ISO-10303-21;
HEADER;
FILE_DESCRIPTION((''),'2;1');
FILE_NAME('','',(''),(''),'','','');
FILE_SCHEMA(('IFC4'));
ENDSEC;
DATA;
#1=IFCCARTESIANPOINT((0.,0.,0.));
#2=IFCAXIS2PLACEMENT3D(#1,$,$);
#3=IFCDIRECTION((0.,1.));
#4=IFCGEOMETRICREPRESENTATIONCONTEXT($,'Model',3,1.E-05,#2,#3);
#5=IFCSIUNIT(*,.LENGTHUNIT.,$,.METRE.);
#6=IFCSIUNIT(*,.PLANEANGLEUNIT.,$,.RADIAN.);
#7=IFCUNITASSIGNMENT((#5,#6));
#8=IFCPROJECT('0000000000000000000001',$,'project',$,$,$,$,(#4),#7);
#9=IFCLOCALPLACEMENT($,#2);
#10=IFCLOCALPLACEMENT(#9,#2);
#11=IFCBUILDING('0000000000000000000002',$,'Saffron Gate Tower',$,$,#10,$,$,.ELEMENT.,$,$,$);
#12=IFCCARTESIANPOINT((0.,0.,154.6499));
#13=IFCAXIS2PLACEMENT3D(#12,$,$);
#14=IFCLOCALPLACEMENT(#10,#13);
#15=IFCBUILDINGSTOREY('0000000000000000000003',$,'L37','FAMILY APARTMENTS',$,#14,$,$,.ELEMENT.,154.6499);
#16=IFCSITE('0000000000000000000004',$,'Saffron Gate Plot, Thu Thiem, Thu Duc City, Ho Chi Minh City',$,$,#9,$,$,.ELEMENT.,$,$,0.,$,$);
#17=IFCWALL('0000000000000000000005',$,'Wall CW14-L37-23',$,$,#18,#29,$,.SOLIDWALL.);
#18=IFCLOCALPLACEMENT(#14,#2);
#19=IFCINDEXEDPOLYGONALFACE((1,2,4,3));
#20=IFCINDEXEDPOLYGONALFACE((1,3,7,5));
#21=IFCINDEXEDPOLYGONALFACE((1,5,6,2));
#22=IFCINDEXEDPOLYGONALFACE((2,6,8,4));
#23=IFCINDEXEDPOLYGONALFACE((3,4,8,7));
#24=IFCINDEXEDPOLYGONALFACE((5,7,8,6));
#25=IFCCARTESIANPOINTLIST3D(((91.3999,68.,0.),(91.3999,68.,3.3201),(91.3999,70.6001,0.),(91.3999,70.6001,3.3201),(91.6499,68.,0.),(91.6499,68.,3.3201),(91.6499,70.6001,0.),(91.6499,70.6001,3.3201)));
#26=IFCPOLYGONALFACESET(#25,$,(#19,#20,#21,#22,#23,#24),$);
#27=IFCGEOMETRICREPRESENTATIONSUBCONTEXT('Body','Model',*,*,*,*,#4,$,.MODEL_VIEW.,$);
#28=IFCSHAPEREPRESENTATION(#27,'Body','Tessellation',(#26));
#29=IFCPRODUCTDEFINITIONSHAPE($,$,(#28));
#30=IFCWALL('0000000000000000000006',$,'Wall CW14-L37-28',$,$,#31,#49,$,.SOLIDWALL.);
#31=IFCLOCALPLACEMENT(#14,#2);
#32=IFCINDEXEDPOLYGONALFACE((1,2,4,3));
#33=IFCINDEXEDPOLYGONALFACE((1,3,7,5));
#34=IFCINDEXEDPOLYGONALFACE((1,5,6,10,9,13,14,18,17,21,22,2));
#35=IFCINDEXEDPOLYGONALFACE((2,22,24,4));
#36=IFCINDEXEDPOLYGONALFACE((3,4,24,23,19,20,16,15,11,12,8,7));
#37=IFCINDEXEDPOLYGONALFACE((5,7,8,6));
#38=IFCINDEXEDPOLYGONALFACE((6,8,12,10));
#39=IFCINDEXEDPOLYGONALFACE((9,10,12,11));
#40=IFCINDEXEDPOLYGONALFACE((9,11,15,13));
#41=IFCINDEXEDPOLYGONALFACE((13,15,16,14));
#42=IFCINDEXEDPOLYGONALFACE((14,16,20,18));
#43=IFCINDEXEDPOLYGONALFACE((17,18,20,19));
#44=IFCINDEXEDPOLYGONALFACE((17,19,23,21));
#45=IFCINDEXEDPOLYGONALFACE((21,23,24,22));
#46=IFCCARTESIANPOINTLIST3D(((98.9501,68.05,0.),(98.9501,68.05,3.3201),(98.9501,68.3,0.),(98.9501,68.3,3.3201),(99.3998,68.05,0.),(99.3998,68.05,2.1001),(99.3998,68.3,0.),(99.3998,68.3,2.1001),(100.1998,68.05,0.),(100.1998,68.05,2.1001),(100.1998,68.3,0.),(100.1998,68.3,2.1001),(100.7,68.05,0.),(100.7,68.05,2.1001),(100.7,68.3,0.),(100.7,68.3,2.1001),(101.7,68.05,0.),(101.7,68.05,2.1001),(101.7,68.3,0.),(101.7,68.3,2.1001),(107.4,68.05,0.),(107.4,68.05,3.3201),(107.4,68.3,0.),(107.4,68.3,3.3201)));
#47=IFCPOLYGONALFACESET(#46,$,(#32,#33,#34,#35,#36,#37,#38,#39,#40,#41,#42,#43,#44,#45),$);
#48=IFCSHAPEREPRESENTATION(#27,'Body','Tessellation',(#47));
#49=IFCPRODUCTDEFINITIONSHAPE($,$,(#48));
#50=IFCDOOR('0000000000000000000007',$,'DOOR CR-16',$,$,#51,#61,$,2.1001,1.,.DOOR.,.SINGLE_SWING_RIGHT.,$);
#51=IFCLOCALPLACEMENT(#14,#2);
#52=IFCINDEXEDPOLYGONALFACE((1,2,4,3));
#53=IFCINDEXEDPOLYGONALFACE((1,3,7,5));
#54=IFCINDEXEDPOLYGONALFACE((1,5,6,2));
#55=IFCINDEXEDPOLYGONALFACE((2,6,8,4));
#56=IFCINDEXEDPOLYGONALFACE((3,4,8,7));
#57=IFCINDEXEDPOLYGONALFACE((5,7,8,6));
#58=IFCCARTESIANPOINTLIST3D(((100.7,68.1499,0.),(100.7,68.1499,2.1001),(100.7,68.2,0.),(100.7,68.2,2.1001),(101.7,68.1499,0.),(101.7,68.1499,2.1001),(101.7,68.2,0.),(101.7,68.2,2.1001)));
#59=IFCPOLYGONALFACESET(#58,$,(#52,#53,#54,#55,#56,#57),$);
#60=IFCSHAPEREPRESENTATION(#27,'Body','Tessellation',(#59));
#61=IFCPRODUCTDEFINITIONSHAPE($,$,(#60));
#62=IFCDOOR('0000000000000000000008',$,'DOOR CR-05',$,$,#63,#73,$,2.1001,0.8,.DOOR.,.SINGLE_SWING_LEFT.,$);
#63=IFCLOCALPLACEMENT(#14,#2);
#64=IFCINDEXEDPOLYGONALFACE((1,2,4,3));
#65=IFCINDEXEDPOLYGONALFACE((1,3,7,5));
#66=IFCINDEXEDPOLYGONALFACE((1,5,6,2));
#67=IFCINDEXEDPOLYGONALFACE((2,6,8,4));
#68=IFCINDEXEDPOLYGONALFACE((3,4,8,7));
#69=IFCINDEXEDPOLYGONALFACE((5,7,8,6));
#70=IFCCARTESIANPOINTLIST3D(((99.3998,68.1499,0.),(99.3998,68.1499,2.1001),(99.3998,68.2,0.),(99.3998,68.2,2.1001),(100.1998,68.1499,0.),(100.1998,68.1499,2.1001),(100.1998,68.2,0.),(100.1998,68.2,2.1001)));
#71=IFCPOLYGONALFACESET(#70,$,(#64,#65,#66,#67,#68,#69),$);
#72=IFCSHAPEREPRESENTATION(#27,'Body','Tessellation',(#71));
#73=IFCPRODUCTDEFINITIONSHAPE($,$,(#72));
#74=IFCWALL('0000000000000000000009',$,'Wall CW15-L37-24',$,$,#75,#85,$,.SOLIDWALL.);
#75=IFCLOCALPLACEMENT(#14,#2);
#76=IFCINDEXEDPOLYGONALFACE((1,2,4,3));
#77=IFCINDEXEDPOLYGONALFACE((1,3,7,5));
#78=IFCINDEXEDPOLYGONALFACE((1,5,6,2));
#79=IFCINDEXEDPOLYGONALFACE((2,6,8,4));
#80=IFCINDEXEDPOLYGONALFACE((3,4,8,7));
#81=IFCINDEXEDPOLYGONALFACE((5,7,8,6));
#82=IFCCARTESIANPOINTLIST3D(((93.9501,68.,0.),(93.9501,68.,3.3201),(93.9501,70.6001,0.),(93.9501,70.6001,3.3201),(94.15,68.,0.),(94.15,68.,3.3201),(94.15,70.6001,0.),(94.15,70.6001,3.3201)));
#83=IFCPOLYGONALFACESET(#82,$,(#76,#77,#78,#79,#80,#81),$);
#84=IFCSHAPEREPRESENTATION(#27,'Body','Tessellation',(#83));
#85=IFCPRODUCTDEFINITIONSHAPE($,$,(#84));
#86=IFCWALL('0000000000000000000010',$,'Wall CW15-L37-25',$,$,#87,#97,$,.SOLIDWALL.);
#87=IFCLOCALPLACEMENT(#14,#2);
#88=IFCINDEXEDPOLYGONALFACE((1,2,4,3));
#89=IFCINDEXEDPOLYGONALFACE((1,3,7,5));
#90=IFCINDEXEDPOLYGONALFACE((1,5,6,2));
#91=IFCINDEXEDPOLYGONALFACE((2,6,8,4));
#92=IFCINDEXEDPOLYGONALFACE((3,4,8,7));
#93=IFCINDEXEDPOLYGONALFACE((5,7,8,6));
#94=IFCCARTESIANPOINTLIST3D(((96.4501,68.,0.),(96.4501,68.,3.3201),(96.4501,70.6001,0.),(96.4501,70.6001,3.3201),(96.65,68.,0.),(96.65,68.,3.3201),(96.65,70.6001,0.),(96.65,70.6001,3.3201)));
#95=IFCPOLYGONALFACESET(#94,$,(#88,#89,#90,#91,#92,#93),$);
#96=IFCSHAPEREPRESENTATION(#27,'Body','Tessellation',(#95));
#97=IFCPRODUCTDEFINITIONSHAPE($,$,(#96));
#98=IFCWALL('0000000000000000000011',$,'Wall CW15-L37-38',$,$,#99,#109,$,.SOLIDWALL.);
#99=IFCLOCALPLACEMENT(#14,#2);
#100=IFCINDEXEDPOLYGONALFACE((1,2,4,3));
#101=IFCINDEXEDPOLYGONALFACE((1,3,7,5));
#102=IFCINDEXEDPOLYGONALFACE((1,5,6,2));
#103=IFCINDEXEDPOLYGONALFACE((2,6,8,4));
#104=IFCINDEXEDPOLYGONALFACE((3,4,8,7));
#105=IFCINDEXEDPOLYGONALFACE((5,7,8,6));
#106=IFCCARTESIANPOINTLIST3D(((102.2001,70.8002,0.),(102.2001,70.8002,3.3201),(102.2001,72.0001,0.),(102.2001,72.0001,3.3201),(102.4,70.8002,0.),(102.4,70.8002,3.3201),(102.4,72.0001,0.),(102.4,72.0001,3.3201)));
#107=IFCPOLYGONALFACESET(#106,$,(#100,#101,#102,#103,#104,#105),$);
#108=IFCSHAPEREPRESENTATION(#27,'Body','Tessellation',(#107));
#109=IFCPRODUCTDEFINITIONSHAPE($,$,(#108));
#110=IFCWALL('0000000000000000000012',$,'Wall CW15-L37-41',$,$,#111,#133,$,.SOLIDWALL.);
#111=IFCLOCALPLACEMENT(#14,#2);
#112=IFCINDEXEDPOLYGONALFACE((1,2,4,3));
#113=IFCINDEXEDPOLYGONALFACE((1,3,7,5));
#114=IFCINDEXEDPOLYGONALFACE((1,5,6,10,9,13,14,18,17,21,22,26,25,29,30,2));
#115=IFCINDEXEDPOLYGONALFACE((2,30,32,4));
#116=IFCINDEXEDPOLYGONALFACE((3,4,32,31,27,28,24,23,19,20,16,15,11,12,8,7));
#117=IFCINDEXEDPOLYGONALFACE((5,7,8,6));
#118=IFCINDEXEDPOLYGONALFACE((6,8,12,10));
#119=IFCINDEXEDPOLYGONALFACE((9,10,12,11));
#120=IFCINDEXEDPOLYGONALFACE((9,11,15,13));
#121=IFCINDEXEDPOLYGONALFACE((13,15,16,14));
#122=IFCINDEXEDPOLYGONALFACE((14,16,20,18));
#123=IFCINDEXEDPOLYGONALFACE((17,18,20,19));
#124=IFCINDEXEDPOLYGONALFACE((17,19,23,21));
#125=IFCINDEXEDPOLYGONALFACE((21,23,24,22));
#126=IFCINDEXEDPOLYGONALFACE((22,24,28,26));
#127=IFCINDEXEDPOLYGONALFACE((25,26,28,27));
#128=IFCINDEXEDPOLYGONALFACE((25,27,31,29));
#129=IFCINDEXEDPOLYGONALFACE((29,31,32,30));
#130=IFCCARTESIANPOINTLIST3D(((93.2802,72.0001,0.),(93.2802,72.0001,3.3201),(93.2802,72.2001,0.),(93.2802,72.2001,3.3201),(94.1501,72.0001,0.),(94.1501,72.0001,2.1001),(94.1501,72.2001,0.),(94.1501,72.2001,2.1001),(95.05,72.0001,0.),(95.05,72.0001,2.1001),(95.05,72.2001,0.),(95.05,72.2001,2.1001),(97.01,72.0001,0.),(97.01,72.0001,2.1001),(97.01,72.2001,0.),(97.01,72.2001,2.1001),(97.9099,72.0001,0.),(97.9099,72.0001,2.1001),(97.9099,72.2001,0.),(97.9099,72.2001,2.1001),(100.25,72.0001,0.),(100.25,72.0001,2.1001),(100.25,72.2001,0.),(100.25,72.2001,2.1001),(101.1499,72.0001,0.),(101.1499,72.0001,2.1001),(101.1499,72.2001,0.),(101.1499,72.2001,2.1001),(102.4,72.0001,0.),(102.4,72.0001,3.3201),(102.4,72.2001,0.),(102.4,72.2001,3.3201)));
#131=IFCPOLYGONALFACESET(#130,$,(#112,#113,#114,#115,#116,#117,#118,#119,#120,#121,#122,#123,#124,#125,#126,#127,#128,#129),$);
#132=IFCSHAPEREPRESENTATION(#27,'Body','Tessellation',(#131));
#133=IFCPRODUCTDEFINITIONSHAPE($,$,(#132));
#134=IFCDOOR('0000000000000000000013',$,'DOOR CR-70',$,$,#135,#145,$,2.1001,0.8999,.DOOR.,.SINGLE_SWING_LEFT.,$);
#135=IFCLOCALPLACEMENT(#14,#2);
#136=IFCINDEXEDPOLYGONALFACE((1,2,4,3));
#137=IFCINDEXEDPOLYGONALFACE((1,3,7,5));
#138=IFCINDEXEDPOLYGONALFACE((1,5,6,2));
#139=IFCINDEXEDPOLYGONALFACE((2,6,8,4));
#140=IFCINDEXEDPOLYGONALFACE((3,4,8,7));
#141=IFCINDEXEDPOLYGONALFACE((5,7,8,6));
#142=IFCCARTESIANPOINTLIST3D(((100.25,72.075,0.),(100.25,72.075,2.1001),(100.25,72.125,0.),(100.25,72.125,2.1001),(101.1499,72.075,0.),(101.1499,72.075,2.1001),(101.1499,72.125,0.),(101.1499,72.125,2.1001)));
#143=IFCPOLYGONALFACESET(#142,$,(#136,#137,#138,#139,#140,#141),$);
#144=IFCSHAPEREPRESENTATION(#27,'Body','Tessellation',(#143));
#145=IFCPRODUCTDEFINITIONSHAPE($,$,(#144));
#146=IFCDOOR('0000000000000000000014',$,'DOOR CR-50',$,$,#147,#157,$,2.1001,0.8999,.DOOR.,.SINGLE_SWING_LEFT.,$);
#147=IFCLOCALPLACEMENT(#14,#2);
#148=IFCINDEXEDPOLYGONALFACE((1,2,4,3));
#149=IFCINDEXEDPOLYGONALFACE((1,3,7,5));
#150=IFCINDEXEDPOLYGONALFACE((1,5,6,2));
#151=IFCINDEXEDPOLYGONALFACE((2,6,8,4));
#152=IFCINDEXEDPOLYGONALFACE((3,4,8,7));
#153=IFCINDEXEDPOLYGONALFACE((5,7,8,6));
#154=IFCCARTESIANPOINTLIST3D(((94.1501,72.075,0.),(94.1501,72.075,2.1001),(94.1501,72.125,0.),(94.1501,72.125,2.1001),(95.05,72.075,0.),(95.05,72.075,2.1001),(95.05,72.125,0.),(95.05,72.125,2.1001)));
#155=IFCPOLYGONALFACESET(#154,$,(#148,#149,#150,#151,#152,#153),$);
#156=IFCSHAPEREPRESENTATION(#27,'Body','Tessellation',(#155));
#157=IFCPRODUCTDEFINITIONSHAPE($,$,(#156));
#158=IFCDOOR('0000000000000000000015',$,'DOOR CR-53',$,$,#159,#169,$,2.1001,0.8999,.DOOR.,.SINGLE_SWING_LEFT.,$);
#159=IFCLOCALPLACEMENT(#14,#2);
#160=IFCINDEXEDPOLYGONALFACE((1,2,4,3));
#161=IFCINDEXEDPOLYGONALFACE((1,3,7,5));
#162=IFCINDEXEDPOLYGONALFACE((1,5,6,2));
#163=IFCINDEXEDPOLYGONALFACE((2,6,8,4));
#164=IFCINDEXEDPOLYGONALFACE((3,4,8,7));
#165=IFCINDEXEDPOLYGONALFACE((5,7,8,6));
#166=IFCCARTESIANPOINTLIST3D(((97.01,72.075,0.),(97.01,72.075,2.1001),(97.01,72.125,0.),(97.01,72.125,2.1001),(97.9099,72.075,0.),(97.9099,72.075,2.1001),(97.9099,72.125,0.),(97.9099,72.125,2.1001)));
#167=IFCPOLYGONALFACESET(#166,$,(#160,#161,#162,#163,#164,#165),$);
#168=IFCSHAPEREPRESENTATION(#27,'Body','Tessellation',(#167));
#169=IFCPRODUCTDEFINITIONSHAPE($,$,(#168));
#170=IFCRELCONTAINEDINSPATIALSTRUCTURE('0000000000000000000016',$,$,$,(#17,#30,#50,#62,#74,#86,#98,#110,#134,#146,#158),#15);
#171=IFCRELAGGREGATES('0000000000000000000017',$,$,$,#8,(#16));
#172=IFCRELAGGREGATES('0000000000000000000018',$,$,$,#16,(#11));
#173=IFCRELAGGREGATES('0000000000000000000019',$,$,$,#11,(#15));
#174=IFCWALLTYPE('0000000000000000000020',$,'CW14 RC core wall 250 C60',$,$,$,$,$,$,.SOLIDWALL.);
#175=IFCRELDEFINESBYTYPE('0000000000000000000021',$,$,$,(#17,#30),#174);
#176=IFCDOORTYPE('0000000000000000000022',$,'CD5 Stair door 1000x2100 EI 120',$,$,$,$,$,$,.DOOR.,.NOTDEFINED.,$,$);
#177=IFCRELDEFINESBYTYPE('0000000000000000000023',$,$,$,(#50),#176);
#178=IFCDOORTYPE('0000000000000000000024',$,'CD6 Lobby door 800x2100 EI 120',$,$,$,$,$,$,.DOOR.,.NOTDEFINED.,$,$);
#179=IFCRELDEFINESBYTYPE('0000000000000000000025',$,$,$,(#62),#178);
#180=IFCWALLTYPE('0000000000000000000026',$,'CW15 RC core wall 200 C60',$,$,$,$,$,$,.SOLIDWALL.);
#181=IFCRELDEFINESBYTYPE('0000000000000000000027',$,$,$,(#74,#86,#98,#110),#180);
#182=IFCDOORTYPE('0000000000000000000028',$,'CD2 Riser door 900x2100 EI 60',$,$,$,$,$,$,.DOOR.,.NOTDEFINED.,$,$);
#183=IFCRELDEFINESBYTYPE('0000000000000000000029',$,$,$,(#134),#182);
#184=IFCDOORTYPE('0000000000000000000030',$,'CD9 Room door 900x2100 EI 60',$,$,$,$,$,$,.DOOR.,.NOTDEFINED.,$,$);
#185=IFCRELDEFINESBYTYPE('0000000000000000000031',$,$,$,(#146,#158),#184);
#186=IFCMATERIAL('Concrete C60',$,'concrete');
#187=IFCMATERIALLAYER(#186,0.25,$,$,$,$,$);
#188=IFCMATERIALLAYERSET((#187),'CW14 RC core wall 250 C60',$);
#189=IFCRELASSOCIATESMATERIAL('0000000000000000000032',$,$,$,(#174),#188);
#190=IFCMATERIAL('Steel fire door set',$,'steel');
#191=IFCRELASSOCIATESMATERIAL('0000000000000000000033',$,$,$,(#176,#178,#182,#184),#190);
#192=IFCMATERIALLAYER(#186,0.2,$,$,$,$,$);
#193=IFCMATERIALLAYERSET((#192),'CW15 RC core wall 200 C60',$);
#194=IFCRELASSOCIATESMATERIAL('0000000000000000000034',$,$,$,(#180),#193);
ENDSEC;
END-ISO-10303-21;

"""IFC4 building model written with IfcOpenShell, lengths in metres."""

from ifc_helpers import new_model, si_unit, direction, frame, frame_2d, origin, place, context, subcontext, project, spatial, rectangle, extrude, material, layer, layer_set, type_object, element, fill, save


model = new_model("IFC4")

# Units and contexts
model_context = context("Model", 3, precision=1e-05, world=origin(), true_north=direction((0.0, 1.0)))
body_context = subcontext(model_context, "Body", "Model", "MODEL_VIEW")
ifc_project = project(units=[si_unit("LENGTHUNIT", "METRE"), si_unit("PLANEANGLEUNIT", "RADIAN")], contexts=[model_context])

# Site, building, storey
site_placement = place(None, origin())
site = spatial("IfcSite", under=ifc_project, at=site_placement, Name="Saffron Gate Plot, Thu Thiem, Thu Duc City, Ho Chi Minh City", CompositionType="ELEMENT", RefElevation=0.0)
building_placement = place(site_placement, origin())
building = spatial("IfcBuilding", under=site, at=building_placement, Name="Saffron Gate Tower", CompositionType="ELEMENT")
storey_placement = place(building_placement, frame((0.0, 0.0, 154.6499)))
storey = spatial("IfcBuildingStorey", under=building, at=storey_placement, Name="L37", Description="FAMILY APARTMENTS", CompositionType="ELEMENT", Elevation=154.6499)

# Wall
ifc_material_1 = material(Name="Concrete C60", Category="concrete")
ifc_layer_1 = layer(ifc_material_1, 0.25)
ifc_layer_set_1 = layer_set([ifc_layer_1], Name="CW14 RC core wall 250 C60")
wall_type_1 = type_object("IfcWallType", Name="CW14 RC core wall 250 C60", PredefinedType="SOLIDWALL", material=ifc_layer_set_1)
wall_1_placement = place(storey_placement, frame((91.5249, 68.0, 0.0), z_axis=(0.0, 0.0, 1.0), x_axis=(0.0, 1.0, 0.0)))
element("IfcWall", 1, at=wall_1_placement, inside=storey, type_object=wall_type_1, Name="Wall CW14-L37-23", PredefinedType="SOLIDWALL", context=body_context, shape_type="SweptSolid", body=[
    extrude(rectangle(XDim=2.6001, YDim=0.25, at=frame_2d((1.3, 0.0))), origin(), (0.0, 0.0, 1.0), 3.3201),
])

# Wall, openings, doors
wall_2_placement = place(storey_placement, frame((98.95, 68.175, 0.0), z_axis=(0.0, 0.0, 1.0), x_axis=(1.0, 0.0, 0.0)))
wall_2 = element("IfcWall", 2, at=wall_2_placement, inside=storey, type_object=wall_type_1, Name="Wall CW14-L37-28", PredefinedType="SOLIDWALL", context=body_context, shape_type="SweptSolid", body=[
    extrude(rectangle(XDim=8.45, YDim=0.25, at=frame_2d((4.2251, 0.0))), origin(), (0.0, 0.0, 1.0), 3.3201),
])
opening_1_placement = place(wall_2_placement, frame((0.45, 0.0, 0.0)))
opening_1 = element("IfcOpeningElement", 3, at=opening_1_placement, cuts=wall_2, PredefinedType="OPENING", context=body_context, shape_type="SweptSolid", body=[
    extrude(rectangle(XDim=0.8, YDim=2.1001, at=frame_2d((0.3999, 1.05))), frame((0.0, 0.135, 0.0), z_axis=(0.0, -1.0, 0.0), x_axis=(1.0, 0.0, 0.0)), (0.0, 0.0, 1.0), 0.27),
])
opening_2_placement = place(wall_2_placement, frame((1.75, 0.0, 0.0)))
opening_2 = element("IfcOpeningElement", 4, at=opening_2_placement, cuts=wall_2, PredefinedType="OPENING", context=body_context, shape_type="SweptSolid", body=[
    extrude(rectangle(XDim=1.0, YDim=2.1001, at=frame_2d((0.5, 1.05))), frame((0.0, 0.135, 0.0), z_axis=(0.0, -1.0, 0.0), x_axis=(1.0, 0.0, 0.0)), (0.0, 0.0, 1.0), 0.27),
])
ifc_material_2 = material(Name="Steel fire door set", Category="steel")
door_type_1 = type_object("IfcDoorType", Name="CD5 Stair door 1000x2100 EI 120", OperationType="NOTDEFINED", PredefinedType="DOOR", material=ifc_material_2)
door_1_placement = place(opening_2_placement, origin())
door_1 = element("IfcDoor", 5, at=door_1_placement, inside=storey, type_object=door_type_1, Name="DOOR CR-16", OperationType="SINGLE_SWING_RIGHT", OverallHeight=2.1001, OverallWidth=1.0, PredefinedType="DOOR", context=body_context, shape_type="SweptSolid", body=[
    extrude(rectangle(XDim=1.0, YDim=2.1001, at=frame_2d((0.5, 1.05))), frame((0.0, 0.0249, 0.0), z_axis=(0.0, -1.0, 0.0), x_axis=(1.0, 0.0, 0.0)), (0.0, 0.0, 1.0), 0.05),
])
fill(opening_2, door_1)
door_type_2 = type_object("IfcDoorType", Name="CD6 Lobby door 800x2100 EI 120", OperationType="NOTDEFINED", PredefinedType="DOOR", material=ifc_material_2)
door_2_placement = place(opening_1_placement, origin())
door_2 = element("IfcDoor", 6, at=door_2_placement, inside=storey, type_object=door_type_2, Name="DOOR CR-05", OperationType="SINGLE_SWING_LEFT", OverallHeight=2.1001, OverallWidth=0.8, PredefinedType="DOOR", context=body_context, shape_type="SweptSolid", body=[
    extrude(rectangle(XDim=0.8, YDim=2.1001, at=frame_2d((0.3999, 1.05))), frame((0.0, 0.0249, 0.0), z_axis=(0.0, -1.0, 0.0), x_axis=(1.0, 0.0, 0.0)), (0.0, 0.0, 1.0), 0.05),
])
fill(opening_1, door_2)

# Walls
ifc_layer_2 = layer(ifc_material_1, 0.2)
ifc_layer_set_2 = layer_set([ifc_layer_2], Name="CW15 RC core wall 200 C60")
wall_type_2 = type_object("IfcWallType", Name="CW15 RC core wall 200 C60", PredefinedType="SOLIDWALL", material=ifc_layer_set_2)
for number, where, z_axis, x_axis, name in (
    (7, (94.05, 68.0, 0.0), (0.0, 0.0, 1.0), (0.0, 1.0, 0.0), "Wall CW15-L37-24"),
    (8, (96.55, 68.0, 0.0), (0.0, 0.0, 1.0), (0.0, 1.0, 0.0), "Wall CW15-L37-25"),
):
    element("IfcWall", number, at=place(storey_placement, frame(where, z_axis=z_axis, x_axis=x_axis)), inside=storey, type_object=wall_type_2, Name=name, PredefinedType="SOLIDWALL", context=body_context, shape_type="SweptSolid", body=[
        extrude(rectangle(XDim=2.6001, YDim=0.2, at=frame_2d((1.3, 0.0))), origin(), (0.0, 0.0, 1.0), 3.3201),
    ])
wall_3_placement = place(storey_placement, frame((102.3, 70.8, 0.0), z_axis=(0.0, 0.0, 1.0), x_axis=(0.0, 1.0, 0.0)))
element("IfcWall", 9, at=wall_3_placement, inside=storey, type_object=wall_type_2, Name="Wall CW15-L37-38", PredefinedType="SOLIDWALL", context=body_context, shape_type="SweptSolid", body=[
    extrude(rectangle(XDim=1.2, YDim=0.2, at=frame_2d((0.6001, 0.0))), origin(), (0.0, 0.0, 1.0), 3.3201),
])

# Wall, openings, doors
wall_4_placement = place(storey_placement, frame((93.28, 72.1001, 0.0), z_axis=(0.0, 0.0, 1.0), x_axis=(1.0, 0.0, 0.0)))
wall_4 = element("IfcWall", 10, at=wall_4_placement, inside=storey, type_object=wall_type_2, Name="Wall CW15-L37-41", PredefinedType="SOLIDWALL", context=body_context, shape_type="SweptSolid", body=[
    extrude(rectangle(XDim=9.1199, YDim=0.2, at=frame_2d((4.5601, 0.0))), origin(), (0.0, 0.0, 1.0), 3.3201),
])
opening_3_placement = place(wall_4_placement, frame((0.8701, 0.0, 0.0)))
opening_3 = element("IfcOpeningElement", 11, at=opening_3_placement, cuts=wall_4, PredefinedType="OPENING", context=body_context, shape_type="SweptSolid", body=[
    extrude(rectangle(XDim=0.8999, YDim=2.1001, at=frame_2d((0.45, 1.05))), frame((0.0, 0.1099, 0.0), z_axis=(0.0, -1.0, 0.0), x_axis=(1.0, 0.0, 0.0)), (0.0, 0.0, 1.0), 0.22),
])
opening_4_placement = place(wall_4_placement, frame((3.73, 0.0, 0.0)))
opening_4 = element("IfcOpeningElement", 12, at=opening_4_placement, cuts=wall_4, PredefinedType="OPENING", context=body_context, shape_type="SweptSolid", body=[
    extrude(rectangle(XDim=0.8999, YDim=2.1001, at=frame_2d((0.45, 1.05))), frame((0.0, 0.1099, 0.0), z_axis=(0.0, -1.0, 0.0), x_axis=(1.0, 0.0, 0.0)), (0.0, 0.0, 1.0), 0.22),
])
opening_5_placement = place(wall_4_placement, frame((6.97, 0.0, 0.0)))
opening_5 = element("IfcOpeningElement", 13, at=opening_5_placement, cuts=wall_4, PredefinedType="OPENING", context=body_context, shape_type="SweptSolid", body=[
    extrude(rectangle(XDim=0.8999, YDim=2.1001, at=frame_2d((0.45, 1.05))), frame((0.0, 0.1099, 0.0), z_axis=(0.0, -1.0, 0.0), x_axis=(1.0, 0.0, 0.0)), (0.0, 0.0, 1.0), 0.22),
])
door_type_3 = type_object("IfcDoorType", Name="CD2 Riser door 900x2100 EI 60", OperationType="NOTDEFINED", PredefinedType="DOOR", material=ifc_material_2)
door_3_placement = place(opening_5_placement, origin())
door_3 = element("IfcDoor", 14, at=door_3_placement, inside=storey, type_object=door_type_3, Name="DOOR CR-70", OperationType="SINGLE_SWING_LEFT", OverallHeight=2.1001, OverallWidth=0.8999, PredefinedType="DOOR", context=body_context, shape_type="SweptSolid", body=[
    extrude(rectangle(XDim=0.8999, YDim=2.1001, at=frame_2d((0.45, 1.05))), frame((0.0, 0.0249, 0.0), z_axis=(0.0, -1.0, 0.0), x_axis=(1.0, 0.0, 0.0)), (0.0, 0.0, 1.0), 0.05),
])
fill(opening_5, door_3)
door_type_4 = type_object("IfcDoorType", Name="CD9 Room door 900x2100 EI 60", OperationType="NOTDEFINED", PredefinedType="DOOR", material=ifc_material_2)
door_4_placement = place(opening_3_placement, origin())
door_4 = element("IfcDoor", 15, at=door_4_placement, inside=storey, type_object=door_type_4, Name="DOOR CR-50", OperationType="SINGLE_SWING_LEFT", OverallHeight=2.1001, OverallWidth=0.8999, PredefinedType="DOOR", context=body_context, shape_type="SweptSolid", body=[
    extrude(rectangle(XDim=0.8999, YDim=2.1001, at=frame_2d((0.45, 1.05))), frame((0.0, 0.0249, 0.0), z_axis=(0.0, -1.0, 0.0), x_axis=(1.0, 0.0, 0.0)), (0.0, 0.0, 1.0), 0.05),
])
fill(opening_3, door_4)
door_5_placement = place(opening_4_placement, origin())
door_5 = element("IfcDoor", 16, at=door_5_placement, inside=storey, type_object=door_type_4, Name="DOOR CR-53", OperationType="SINGLE_SWING_LEFT", OverallHeight=2.1001, OverallWidth=0.8999, PredefinedType="DOOR", context=body_context, shape_type="SweptSolid", body=[
    extrude(rectangle(XDim=0.8999, YDim=2.1001, at=frame_2d((0.45, 1.05))), frame((0.0, 0.0249, 0.0), z_axis=(0.0, -1.0, 0.0), x_axis=(1.0, 0.0, 0.0)), (0.0, 0.0, 1.0), 0.05),
])
fill(opening_4, door_5)

save(model, "model.ifc")
